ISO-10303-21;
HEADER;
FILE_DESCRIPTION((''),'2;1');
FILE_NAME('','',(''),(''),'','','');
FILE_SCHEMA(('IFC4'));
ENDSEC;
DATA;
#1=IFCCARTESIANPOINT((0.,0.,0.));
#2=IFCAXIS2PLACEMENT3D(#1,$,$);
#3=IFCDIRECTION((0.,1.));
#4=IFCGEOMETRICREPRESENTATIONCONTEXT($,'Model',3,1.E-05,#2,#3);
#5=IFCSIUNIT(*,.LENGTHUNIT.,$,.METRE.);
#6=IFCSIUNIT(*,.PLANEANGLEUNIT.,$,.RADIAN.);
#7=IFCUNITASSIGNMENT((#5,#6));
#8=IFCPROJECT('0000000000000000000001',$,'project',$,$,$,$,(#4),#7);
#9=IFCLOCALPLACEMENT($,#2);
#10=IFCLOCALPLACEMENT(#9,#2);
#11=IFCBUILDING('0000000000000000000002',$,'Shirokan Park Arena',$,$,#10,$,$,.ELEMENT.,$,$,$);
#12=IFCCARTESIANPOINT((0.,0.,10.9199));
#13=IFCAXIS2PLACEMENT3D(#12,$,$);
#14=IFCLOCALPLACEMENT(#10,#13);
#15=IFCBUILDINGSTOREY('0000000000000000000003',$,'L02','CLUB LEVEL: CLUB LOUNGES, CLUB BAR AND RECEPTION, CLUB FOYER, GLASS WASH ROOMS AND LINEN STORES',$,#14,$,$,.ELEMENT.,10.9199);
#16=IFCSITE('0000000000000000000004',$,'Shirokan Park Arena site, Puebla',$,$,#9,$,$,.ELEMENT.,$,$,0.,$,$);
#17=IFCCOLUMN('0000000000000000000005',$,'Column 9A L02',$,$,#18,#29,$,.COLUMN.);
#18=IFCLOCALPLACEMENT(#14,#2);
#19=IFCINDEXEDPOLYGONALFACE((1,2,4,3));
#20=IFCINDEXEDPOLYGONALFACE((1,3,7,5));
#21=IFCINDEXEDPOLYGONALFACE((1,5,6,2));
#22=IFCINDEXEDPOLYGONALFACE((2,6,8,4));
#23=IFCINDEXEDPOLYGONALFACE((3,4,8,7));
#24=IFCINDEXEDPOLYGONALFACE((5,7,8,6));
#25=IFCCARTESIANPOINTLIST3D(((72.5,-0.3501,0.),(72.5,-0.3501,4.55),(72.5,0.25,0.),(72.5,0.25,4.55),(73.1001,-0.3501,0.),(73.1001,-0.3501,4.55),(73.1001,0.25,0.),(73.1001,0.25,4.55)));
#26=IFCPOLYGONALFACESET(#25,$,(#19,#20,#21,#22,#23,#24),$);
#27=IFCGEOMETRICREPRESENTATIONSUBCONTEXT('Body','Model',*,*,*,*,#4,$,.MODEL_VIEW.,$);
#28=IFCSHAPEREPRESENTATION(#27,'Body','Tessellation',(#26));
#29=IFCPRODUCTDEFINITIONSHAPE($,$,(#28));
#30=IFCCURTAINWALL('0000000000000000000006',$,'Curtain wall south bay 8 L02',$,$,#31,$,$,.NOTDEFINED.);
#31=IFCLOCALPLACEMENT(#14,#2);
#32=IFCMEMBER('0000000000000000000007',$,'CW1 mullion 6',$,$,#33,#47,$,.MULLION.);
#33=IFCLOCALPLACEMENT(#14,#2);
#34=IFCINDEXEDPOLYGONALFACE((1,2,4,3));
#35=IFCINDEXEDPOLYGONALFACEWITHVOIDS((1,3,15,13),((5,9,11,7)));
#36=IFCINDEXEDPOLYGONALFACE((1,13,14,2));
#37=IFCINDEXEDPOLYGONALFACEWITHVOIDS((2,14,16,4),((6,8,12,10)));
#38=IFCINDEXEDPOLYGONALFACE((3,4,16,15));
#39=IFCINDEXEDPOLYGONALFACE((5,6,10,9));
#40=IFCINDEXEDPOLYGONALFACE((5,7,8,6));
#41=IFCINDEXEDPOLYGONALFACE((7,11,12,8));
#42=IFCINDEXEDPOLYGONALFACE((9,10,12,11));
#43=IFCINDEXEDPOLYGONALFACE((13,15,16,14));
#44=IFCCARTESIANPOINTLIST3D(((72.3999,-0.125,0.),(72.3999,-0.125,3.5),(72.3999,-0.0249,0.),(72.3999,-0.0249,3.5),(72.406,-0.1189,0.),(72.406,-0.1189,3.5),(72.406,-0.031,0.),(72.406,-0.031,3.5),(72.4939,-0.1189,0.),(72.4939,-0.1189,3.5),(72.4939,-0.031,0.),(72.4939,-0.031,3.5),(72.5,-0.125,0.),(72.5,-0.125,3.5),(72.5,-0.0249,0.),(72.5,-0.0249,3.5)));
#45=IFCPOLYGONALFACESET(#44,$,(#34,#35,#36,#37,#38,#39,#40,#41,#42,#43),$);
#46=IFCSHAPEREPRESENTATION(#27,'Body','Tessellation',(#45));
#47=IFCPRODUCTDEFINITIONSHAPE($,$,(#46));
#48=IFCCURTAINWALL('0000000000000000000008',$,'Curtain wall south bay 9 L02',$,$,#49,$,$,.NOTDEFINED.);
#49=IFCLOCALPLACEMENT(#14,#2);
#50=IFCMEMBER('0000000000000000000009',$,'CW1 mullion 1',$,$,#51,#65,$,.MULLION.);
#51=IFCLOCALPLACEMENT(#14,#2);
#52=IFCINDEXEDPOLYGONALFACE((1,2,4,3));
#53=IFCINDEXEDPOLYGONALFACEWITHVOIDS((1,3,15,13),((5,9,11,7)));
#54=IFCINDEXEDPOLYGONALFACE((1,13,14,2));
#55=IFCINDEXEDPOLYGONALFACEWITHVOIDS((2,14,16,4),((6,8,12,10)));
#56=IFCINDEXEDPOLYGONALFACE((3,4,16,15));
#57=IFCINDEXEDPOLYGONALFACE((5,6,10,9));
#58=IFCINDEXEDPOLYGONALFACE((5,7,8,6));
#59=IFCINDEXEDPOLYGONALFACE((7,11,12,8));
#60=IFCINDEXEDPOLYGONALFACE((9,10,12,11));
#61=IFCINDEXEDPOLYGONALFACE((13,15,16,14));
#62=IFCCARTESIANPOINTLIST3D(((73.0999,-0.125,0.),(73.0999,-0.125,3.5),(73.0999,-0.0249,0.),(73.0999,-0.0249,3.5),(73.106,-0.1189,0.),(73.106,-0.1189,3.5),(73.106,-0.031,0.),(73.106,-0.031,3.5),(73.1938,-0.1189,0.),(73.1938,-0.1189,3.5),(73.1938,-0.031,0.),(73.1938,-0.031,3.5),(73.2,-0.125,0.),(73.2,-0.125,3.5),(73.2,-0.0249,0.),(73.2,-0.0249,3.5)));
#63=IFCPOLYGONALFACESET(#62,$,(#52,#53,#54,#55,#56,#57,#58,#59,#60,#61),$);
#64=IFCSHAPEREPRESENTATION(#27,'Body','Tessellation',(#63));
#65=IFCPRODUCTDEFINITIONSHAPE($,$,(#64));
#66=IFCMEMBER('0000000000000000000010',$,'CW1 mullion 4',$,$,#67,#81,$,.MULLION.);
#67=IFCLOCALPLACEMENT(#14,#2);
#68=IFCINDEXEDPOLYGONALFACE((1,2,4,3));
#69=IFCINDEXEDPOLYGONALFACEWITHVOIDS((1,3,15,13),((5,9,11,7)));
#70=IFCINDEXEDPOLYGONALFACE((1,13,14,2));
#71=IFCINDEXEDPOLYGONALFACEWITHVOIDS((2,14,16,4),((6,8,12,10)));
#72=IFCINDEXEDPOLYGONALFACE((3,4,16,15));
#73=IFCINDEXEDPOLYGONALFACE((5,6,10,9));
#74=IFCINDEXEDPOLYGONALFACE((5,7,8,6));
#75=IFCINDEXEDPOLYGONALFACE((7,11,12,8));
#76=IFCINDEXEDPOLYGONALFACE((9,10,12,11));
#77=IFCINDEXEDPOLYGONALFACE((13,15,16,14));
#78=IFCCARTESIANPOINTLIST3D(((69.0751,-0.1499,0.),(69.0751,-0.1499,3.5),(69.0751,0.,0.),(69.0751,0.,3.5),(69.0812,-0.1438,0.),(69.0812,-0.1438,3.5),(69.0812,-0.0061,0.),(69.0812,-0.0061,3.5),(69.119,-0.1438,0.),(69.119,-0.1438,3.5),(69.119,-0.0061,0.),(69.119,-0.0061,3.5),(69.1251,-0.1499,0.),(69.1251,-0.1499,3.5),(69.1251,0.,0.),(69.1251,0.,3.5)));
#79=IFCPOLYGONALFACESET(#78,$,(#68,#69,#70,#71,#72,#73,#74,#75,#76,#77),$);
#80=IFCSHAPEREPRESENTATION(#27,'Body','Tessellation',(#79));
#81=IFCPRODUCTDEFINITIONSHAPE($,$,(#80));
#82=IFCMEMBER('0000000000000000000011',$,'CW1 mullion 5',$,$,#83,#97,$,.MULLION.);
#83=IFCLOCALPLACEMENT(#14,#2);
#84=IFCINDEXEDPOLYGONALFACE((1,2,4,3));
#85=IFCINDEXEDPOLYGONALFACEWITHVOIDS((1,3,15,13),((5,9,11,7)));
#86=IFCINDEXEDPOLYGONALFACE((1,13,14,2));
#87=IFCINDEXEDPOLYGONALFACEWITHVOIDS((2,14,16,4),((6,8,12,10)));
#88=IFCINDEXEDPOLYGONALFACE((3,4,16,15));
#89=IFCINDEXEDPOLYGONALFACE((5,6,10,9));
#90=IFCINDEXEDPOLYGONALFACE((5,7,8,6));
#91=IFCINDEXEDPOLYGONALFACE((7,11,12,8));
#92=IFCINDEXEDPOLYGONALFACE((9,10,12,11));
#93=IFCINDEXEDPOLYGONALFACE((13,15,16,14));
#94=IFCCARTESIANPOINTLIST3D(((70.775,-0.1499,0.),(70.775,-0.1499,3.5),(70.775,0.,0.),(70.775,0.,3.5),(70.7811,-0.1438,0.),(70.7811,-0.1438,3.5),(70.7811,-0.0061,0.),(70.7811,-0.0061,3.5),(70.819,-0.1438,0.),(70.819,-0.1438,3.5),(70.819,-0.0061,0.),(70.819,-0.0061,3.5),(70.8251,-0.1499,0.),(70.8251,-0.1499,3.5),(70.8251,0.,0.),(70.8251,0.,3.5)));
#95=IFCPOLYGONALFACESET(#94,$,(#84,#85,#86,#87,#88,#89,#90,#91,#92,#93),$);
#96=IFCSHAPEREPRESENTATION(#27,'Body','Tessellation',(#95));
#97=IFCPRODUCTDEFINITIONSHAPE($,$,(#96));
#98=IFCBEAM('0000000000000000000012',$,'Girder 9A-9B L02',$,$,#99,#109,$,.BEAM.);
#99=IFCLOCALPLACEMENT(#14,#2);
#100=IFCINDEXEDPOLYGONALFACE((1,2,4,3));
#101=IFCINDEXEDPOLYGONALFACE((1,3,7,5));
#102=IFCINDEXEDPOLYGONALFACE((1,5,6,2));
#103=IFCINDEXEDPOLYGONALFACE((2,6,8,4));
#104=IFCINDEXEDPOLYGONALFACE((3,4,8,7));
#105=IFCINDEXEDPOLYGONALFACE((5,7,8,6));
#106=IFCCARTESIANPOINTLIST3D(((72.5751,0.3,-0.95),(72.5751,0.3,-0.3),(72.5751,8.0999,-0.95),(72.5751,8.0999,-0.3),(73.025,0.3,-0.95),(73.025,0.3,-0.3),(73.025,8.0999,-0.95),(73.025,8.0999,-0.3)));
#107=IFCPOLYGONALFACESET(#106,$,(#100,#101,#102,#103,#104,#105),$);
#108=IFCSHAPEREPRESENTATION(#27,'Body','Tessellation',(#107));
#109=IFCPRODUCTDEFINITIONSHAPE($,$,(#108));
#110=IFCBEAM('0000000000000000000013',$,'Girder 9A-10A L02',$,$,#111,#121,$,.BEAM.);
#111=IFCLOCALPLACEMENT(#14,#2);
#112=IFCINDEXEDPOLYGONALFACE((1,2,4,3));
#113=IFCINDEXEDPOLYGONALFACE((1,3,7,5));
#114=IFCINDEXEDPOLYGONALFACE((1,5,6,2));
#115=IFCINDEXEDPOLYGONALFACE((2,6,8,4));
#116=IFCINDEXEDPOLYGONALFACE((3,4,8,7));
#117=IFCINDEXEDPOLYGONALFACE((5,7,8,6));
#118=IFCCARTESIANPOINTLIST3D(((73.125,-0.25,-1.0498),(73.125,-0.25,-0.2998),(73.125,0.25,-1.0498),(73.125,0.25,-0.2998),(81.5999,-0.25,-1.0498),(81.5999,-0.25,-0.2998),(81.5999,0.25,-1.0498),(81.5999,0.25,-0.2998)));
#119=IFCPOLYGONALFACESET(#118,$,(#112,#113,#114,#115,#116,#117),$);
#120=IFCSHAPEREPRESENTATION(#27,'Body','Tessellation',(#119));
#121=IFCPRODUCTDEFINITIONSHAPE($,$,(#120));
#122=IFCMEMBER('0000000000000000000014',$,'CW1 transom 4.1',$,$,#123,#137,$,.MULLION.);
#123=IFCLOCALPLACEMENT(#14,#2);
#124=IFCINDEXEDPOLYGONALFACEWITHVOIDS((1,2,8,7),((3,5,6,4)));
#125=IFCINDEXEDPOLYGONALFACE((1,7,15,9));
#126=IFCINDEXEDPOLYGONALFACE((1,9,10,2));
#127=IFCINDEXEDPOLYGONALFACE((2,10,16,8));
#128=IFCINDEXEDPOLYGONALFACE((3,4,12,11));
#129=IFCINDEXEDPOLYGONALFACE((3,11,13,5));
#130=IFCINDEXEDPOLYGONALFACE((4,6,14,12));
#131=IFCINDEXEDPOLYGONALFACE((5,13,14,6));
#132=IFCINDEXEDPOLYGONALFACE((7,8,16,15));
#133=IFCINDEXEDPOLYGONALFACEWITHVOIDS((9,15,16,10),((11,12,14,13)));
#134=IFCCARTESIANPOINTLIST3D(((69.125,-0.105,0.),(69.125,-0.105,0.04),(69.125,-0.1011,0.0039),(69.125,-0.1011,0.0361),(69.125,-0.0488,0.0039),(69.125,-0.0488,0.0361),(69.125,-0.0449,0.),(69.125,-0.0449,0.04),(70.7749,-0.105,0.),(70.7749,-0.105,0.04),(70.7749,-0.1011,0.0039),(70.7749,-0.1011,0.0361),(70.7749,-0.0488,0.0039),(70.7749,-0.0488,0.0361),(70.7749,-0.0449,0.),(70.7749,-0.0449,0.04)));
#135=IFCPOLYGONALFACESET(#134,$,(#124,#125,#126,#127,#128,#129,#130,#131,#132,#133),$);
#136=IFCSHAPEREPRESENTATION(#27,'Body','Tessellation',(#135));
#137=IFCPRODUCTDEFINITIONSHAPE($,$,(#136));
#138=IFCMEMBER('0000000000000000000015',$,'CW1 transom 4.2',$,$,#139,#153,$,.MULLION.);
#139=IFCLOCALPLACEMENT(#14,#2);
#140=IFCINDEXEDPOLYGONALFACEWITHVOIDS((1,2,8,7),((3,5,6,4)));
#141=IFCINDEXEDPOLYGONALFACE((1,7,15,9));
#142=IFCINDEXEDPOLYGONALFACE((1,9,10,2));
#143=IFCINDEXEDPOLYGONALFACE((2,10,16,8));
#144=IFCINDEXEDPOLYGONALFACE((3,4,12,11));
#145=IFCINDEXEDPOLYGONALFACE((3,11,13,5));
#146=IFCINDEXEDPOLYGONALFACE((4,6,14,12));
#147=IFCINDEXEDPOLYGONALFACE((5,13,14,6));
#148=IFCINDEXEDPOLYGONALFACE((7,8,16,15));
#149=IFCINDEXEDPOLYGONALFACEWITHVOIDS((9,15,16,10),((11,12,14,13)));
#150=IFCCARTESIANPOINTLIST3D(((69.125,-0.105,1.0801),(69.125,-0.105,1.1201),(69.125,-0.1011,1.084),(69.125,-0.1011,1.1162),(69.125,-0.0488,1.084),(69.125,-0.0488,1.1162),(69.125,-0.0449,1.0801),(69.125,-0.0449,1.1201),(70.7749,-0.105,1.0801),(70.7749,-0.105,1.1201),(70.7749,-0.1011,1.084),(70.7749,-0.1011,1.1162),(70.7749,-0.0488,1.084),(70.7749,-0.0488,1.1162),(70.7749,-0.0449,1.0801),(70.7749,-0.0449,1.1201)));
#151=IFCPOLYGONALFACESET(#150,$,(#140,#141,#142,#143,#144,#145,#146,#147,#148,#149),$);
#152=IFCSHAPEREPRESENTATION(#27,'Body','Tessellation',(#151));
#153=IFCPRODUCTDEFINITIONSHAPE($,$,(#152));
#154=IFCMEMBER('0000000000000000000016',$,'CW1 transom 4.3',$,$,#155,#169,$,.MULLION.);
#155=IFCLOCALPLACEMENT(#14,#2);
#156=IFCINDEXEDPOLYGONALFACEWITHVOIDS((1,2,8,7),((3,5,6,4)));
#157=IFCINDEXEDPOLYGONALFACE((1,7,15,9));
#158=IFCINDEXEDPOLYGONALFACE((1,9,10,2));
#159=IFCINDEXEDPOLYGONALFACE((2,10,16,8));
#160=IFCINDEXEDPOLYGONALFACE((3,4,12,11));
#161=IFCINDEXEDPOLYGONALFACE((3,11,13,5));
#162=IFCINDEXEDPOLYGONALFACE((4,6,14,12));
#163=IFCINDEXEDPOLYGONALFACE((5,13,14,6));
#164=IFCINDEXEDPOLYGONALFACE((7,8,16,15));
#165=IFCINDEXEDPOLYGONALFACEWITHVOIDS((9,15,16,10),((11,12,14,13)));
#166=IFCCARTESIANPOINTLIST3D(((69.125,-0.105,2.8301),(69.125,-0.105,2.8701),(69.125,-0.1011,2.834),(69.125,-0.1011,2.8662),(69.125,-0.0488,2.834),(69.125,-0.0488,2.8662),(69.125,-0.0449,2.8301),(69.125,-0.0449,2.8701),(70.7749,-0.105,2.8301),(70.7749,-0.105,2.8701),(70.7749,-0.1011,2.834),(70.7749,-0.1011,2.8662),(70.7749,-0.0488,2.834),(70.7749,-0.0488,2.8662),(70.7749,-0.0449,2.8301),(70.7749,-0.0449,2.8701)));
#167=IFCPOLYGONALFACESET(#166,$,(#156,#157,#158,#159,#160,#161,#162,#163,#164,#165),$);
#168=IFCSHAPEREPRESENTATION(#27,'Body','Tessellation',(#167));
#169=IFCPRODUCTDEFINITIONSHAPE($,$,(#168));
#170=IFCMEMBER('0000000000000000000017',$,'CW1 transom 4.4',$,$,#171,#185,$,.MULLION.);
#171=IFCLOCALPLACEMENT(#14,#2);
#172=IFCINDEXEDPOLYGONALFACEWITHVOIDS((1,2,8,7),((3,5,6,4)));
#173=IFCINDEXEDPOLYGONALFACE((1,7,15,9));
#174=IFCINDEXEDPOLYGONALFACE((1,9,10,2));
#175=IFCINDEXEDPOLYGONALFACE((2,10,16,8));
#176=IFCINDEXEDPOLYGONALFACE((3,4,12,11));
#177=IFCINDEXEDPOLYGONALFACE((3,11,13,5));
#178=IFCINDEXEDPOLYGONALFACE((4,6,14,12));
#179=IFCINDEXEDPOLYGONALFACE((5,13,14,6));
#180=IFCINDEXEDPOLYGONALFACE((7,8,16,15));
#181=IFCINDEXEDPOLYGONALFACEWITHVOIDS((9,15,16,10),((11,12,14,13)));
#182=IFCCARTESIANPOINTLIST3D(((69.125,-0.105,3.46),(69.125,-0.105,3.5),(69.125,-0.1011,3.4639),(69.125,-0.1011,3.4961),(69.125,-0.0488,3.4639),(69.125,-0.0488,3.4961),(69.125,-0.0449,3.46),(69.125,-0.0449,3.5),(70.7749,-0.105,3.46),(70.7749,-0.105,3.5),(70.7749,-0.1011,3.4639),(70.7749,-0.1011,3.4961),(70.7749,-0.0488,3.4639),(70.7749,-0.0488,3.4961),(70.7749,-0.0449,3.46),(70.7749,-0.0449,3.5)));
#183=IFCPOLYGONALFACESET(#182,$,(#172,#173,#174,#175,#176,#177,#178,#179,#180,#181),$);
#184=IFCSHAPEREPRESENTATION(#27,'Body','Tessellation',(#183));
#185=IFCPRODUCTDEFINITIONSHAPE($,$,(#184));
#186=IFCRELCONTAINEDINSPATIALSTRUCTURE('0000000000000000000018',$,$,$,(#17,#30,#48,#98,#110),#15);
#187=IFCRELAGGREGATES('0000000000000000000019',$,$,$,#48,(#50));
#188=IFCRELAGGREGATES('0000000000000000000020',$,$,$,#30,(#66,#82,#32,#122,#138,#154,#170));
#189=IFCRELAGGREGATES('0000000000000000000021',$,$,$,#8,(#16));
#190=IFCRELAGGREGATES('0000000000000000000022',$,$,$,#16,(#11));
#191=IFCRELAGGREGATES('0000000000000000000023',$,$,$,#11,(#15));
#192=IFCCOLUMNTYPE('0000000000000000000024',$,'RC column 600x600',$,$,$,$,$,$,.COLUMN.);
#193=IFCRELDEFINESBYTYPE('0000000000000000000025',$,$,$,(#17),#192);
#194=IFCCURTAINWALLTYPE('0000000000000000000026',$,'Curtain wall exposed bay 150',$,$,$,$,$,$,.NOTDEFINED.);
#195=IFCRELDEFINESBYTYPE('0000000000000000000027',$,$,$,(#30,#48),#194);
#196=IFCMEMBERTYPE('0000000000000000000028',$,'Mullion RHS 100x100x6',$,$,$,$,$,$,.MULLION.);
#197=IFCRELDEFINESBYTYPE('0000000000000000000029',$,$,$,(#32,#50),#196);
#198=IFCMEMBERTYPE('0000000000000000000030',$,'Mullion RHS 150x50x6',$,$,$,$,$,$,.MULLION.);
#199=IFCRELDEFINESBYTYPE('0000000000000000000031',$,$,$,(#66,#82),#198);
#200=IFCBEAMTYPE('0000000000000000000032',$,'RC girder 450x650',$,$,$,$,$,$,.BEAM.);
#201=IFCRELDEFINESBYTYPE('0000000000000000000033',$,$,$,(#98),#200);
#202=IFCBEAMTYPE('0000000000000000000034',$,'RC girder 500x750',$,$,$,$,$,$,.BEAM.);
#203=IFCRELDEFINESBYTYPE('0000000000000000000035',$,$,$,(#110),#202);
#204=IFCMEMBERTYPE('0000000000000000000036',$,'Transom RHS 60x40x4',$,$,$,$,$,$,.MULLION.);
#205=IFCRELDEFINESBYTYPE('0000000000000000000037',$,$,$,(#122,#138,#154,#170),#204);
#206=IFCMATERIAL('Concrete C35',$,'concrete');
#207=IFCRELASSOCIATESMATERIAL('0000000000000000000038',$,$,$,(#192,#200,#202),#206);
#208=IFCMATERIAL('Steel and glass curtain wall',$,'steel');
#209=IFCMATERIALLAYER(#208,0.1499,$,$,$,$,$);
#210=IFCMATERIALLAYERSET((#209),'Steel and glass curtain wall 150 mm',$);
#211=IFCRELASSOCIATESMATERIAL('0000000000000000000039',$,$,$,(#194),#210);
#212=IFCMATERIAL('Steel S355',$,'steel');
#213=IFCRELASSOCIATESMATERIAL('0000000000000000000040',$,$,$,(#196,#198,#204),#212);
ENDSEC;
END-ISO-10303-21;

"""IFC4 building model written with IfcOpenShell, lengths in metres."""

from ifc_helpers import new_model, si_unit, direction, frame, origin, origin_2d, place, context, subcontext, project, spatial, rectangle, hollow_rectangle, extrude, material, layer, layer_set, material_profile, profile_set, type_object, element, aggregate, save


model = new_model("IFC4")

# Units and contexts
model_context = context("Model", 3, precision=1e-05, world=origin(), true_north=direction((0.0, 1.0)))
body_context = subcontext(model_context, "Body", "Model", "MODEL_VIEW")
ifc_project = project(units=[si_unit("LENGTHUNIT", "METRE"), si_unit("PLANEANGLEUNIT", "RADIAN")], contexts=[model_context])

# Site, building, storey
site_placement = place(None, origin())
site = spatial("IfcSite", under=ifc_project, at=site_placement, Name="Shirokan Park Arena site, Puebla", CompositionType="ELEMENT", RefElevation=0.0)
building_placement = place(site_placement, origin())
building = spatial("IfcBuilding", under=site, at=building_placement, Name="Shirokan Park Arena", CompositionType="ELEMENT")
storey_placement = place(building_placement, frame((0.0, 0.0, 10.9199)))
storey = spatial("IfcBuildingStorey", under=building, at=storey_placement, Name="L02", Description="CLUB LEVEL: CLUB LOUNGES, CLUB BAR AND RECEPTION, CLUB FOYER, GLASS WASH ROOMS AND LINEN STORES", CompositionType="ELEMENT", Elevation=10.9199)

# Column
ifc_material_1 = material(Name="Concrete C35", Category="concrete")
ifc_material_profile_1 = material_profile(ifc_material_1, rectangle(XDim=0.6001, YDim=0.6001, at=origin_2d()), Name="600x600")
ifc_profile_set_1 = profile_set([ifc_material_profile_1], Name="Concrete C35")
column_type = type_object("IfcColumnType", Name="RC column 600x600", PredefinedType="COLUMN", material=ifc_profile_set_1)
column_placement = place(storey_placement, frame((72.8, -0.05, 0.0), z_axis=(0.0, 0.0, 1.0), x_axis=(1.0, 0.0, 0.0)))
element("IfcColumn", 1, at=column_placement, inside=storey, type_object=column_type, Name="Column 9A L02", PredefinedType="COLUMN", context=body_context, shape_type="SweptSolid", body=[
    extrude(rectangle(XDim=0.6001, YDim=0.6001, at=origin_2d()), origin(), (0.0, 0.0, 1.0), 4.55),
])

# Curtain walls, members
ifc_material_2 = material(Name="Steel and glass curtain wall", Category="steel")
ifc_layer_1 = layer(ifc_material_2, 0.1499)
ifc_layer_set_1 = layer_set([ifc_layer_1], Name="Steel and glass curtain wall 150 mm")
curtain_wall_type = type_object("IfcCurtainWallType", Name="Curtain wall exposed bay 150", PredefinedType="NOTDEFINED", material=ifc_layer_set_1)
curtain_wall_1_placement = place(storey_placement, origin())
curtain_wall_1 = element("IfcCurtainWall", 2, at=curtain_wall_1_placement, inside=storey, type_object=curtain_wall_type, Name="Curtain wall south bay 8 L02", PredefinedType="NOTDEFINED")
ifc_material_3 = material(Name="Steel S355", Category="steel")
ifc_material_profile_2 = material_profile(ifc_material_3, hollow_rectangle(XDim=0.1001, YDim=0.1001, WallThickness=0.0061, at=origin_2d()), Name="RHS 100x100x6")
ifc_profile_set_2 = profile_set([ifc_material_profile_2], Name="Steel S355")
member_type_1 = type_object("IfcMemberType", Name="Mullion RHS 100x100x6", PredefinedType="MULLION", material=ifc_profile_set_2)
member_1_placement = place(storey_placement, frame((72.45, -0.075, 0.0), z_axis=(0.0, 0.0, 1.0), x_axis=(0.0, 1.0, 0.0)))
member_1 = element("IfcMember", 3, at=member_1_placement, type_object=member_type_1, Name="CW1 mullion 6", PredefinedType="MULLION", context=body_context, shape_type="SweptSolid", body=[
    extrude(hollow_rectangle(XDim=0.1001, YDim=0.1001, WallThickness=0.0061, at=origin_2d()), origin(), (0.0, 0.0, 1.0), 3.5),
])
curtain_wall_2_placement = place(storey_placement, origin())
curtain_wall_2 = element("IfcCurtainWall", 4, at=curtain_wall_2_placement, inside=storey, type_object=curtain_wall_type, Name="Curtain wall south bay 9 L02", PredefinedType="NOTDEFINED")
member_2_placement = place(storey_placement, frame((73.1499, -0.075, 0.0), z_axis=(0.0, 0.0, 1.0), x_axis=(0.0, 1.0, 0.0)))
member_2 = element("IfcMember", 5, at=member_2_placement, type_object=member_type_1, Name="CW1 mullion 1", PredefinedType="MULLION", context=body_context, shape_type="SweptSolid", body=[
    extrude(hollow_rectangle(XDim=0.1001, YDim=0.1001, WallThickness=0.0061, at=origin_2d()), origin(), (0.0, 0.0, 1.0), 3.5),
])

# Members
ifc_material_profile_3 = material_profile(ifc_material_3, hollow_rectangle(XDim=0.1499, YDim=0.05, WallThickness=0.0061, at=origin_2d()), Name="RHS 150x50x6")
ifc_profile_set_3 = profile_set([ifc_material_profile_3], Name="Steel S355")
member_type_2 = type_object("IfcMemberType", Name="Mullion RHS 150x50x6", PredefinedType="MULLION", material=ifc_profile_set_3)
member_3_placement = place(storey_placement, frame((69.1001, -0.075, 0.0), z_axis=(0.0, 0.0, 1.0), x_axis=(0.0, 1.0, 0.0)))
member_3 = element("IfcMember", 6, at=member_3_placement, type_object=member_type_2, Name="CW1 mullion 4", PredefinedType="MULLION", context=body_context, shape_type="SweptSolid", body=[
    extrude(hollow_rectangle(XDim=0.1499, YDim=0.05, WallThickness=0.0061, at=origin_2d()), origin(), (0.0, 0.0, 1.0), 3.5),
])
member_4_placement = place(storey_placement, frame((70.8, -0.075, 0.0), z_axis=(0.0, 0.0, 1.0), x_axis=(0.0, 1.0, 0.0)))
member_4 = element("IfcMember", 7, at=member_4_placement, type_object=member_type_2, Name="CW1 mullion 5", PredefinedType="MULLION", context=body_context, shape_type="SweptSolid", body=[
    extrude(hollow_rectangle(XDim=0.1499, YDim=0.05, WallThickness=0.0061, at=origin_2d()), origin(), (0.0, 0.0, 1.0), 3.5),
])

# Beams
ifc_material_profile_4 = material_profile(ifc_material_1, rectangle(XDim=0.45, YDim=0.6499, at=origin_2d()), Name="450x650")
ifc_profile_set_4 = profile_set([ifc_material_profile_4], Name="Concrete C35")
beam_type_1 = type_object("IfcBeamType", Name="RC girder 450x650", PredefinedType="BEAM", material=ifc_profile_set_4)
beam_1_placement = place(storey_placement, frame((72.8, 0.3, -0.625), z_axis=(0.0, 1.0, 0.0), x_axis=(-1.0, 0.0, 0.0)))
element("IfcBeam", 8, at=beam_1_placement, inside=storey, type_object=beam_type_1, Name="Girder 9A-9B L02", PredefinedType="BEAM", context=body_context, shape_type="SweptSolid", body=[
    extrude(rectangle(XDim=0.45, YDim=0.6499, at=origin_2d()), origin(), (0.0, 0.0, 1.0), 7.7998),
])
ifc_material_profile_5 = material_profile(ifc_material_1, rectangle(XDim=0.5, YDim=0.75, at=origin_2d()), Name="500x750")
ifc_profile_set_5 = profile_set([ifc_material_profile_5], Name="Concrete C35")
beam_type_2 = type_object("IfcBeamType", Name="RC girder 500x750", PredefinedType="BEAM", material=ifc_profile_set_5)
beam_2_placement = place(storey_placement, frame((73.125, 0.0, -0.6748), z_axis=(1.0, 0.0, 0.0), x_axis=(0.0, 1.0, 0.0)))
element("IfcBeam", 9, at=beam_2_placement, inside=storey, type_object=beam_type_2, Name="Girder 9A-10A L02", PredefinedType="BEAM", context=body_context, shape_type="SweptSolid", body=[
    extrude(rectangle(XDim=0.5, YDim=0.75, at=origin_2d()), origin(), (0.0, 0.0, 1.0), 8.4749),
])

# Members
ifc_material_profile_6 = material_profile(ifc_material_3, hollow_rectangle(XDim=0.0601, YDim=0.04, WallThickness=0.0039, at=origin_2d()), Name="RHS 60x40x4")
ifc_profile_set_6 = profile_set([ifc_material_profile_6], Name="Steel S355")
member_type_3 = type_object("IfcMemberType", Name="Transom RHS 60x40x4", PredefinedType="MULLION", material=ifc_profile_set_6)
member_5_placement = place(storey_placement, frame((69.125, -0.075, 0.02), z_axis=(1.0, 0.0, 0.0), x_axis=(0.0, 1.0, 0.0)))
member_5 = element("IfcMember", 10, at=member_5_placement, type_object=member_type_3, Name="CW1 transom 4.1", PredefinedType="MULLION", context=body_context, shape_type="SweptSolid", body=[
    extrude(hollow_rectangle(XDim=0.0601, YDim=0.04, WallThickness=0.0039, at=origin_2d()), origin(), (0.0, 0.0, 1.0), 1.6499),
])
member_6_placement = place(storey_placement, frame((69.125, -0.075, 1.1001), z_axis=(1.0, 0.0, 0.0), x_axis=(0.0, 1.0, 0.0)))
member_6 = element("IfcMember", 11, at=member_6_placement, type_object=member_type_3, Name="CW1 transom 4.2", PredefinedType="MULLION", context=body_context, shape_type="SweptSolid", body=[
    extrude(hollow_rectangle(XDim=0.0601, YDim=0.04, WallThickness=0.0039, at=origin_2d()), origin(), (0.0, 0.0, 1.0), 1.6499),
])
member_7_placement = place(storey_placement, frame((69.125, -0.075, 2.8501), z_axis=(1.0, 0.0, 0.0), x_axis=(0.0, 1.0, 0.0)))
member_7 = element("IfcMember", 12, at=member_7_placement, type_object=member_type_3, Name="CW1 transom 4.3", PredefinedType="MULLION", context=body_context, shape_type="SweptSolid", body=[
    extrude(hollow_rectangle(XDim=0.0601, YDim=0.04, WallThickness=0.0039, at=origin_2d()), origin(), (0.0, 0.0, 1.0), 1.6499),
])
member_8_placement = place(storey_placement, frame((69.125, -0.075, 3.48), z_axis=(1.0, 0.0, 0.0), x_axis=(0.0, 1.0, 0.0)))
member_8 = element("IfcMember", 13, at=member_8_placement, type_object=member_type_3, Name="CW1 transom 4.4", PredefinedType="MULLION", context=body_context, shape_type="SweptSolid", body=[
    extrude(hollow_rectangle(XDim=0.0601, YDim=0.04, WallThickness=0.0039, at=origin_2d()), origin(), (0.0, 0.0, 1.0), 1.6499),
])
aggregate(curtain_wall_2, [member_2])

aggregate(curtain_wall_1, [member_3, member_4, member_1, member_5, member_6, member_7, member_8])

save(model, "model.ifc")
